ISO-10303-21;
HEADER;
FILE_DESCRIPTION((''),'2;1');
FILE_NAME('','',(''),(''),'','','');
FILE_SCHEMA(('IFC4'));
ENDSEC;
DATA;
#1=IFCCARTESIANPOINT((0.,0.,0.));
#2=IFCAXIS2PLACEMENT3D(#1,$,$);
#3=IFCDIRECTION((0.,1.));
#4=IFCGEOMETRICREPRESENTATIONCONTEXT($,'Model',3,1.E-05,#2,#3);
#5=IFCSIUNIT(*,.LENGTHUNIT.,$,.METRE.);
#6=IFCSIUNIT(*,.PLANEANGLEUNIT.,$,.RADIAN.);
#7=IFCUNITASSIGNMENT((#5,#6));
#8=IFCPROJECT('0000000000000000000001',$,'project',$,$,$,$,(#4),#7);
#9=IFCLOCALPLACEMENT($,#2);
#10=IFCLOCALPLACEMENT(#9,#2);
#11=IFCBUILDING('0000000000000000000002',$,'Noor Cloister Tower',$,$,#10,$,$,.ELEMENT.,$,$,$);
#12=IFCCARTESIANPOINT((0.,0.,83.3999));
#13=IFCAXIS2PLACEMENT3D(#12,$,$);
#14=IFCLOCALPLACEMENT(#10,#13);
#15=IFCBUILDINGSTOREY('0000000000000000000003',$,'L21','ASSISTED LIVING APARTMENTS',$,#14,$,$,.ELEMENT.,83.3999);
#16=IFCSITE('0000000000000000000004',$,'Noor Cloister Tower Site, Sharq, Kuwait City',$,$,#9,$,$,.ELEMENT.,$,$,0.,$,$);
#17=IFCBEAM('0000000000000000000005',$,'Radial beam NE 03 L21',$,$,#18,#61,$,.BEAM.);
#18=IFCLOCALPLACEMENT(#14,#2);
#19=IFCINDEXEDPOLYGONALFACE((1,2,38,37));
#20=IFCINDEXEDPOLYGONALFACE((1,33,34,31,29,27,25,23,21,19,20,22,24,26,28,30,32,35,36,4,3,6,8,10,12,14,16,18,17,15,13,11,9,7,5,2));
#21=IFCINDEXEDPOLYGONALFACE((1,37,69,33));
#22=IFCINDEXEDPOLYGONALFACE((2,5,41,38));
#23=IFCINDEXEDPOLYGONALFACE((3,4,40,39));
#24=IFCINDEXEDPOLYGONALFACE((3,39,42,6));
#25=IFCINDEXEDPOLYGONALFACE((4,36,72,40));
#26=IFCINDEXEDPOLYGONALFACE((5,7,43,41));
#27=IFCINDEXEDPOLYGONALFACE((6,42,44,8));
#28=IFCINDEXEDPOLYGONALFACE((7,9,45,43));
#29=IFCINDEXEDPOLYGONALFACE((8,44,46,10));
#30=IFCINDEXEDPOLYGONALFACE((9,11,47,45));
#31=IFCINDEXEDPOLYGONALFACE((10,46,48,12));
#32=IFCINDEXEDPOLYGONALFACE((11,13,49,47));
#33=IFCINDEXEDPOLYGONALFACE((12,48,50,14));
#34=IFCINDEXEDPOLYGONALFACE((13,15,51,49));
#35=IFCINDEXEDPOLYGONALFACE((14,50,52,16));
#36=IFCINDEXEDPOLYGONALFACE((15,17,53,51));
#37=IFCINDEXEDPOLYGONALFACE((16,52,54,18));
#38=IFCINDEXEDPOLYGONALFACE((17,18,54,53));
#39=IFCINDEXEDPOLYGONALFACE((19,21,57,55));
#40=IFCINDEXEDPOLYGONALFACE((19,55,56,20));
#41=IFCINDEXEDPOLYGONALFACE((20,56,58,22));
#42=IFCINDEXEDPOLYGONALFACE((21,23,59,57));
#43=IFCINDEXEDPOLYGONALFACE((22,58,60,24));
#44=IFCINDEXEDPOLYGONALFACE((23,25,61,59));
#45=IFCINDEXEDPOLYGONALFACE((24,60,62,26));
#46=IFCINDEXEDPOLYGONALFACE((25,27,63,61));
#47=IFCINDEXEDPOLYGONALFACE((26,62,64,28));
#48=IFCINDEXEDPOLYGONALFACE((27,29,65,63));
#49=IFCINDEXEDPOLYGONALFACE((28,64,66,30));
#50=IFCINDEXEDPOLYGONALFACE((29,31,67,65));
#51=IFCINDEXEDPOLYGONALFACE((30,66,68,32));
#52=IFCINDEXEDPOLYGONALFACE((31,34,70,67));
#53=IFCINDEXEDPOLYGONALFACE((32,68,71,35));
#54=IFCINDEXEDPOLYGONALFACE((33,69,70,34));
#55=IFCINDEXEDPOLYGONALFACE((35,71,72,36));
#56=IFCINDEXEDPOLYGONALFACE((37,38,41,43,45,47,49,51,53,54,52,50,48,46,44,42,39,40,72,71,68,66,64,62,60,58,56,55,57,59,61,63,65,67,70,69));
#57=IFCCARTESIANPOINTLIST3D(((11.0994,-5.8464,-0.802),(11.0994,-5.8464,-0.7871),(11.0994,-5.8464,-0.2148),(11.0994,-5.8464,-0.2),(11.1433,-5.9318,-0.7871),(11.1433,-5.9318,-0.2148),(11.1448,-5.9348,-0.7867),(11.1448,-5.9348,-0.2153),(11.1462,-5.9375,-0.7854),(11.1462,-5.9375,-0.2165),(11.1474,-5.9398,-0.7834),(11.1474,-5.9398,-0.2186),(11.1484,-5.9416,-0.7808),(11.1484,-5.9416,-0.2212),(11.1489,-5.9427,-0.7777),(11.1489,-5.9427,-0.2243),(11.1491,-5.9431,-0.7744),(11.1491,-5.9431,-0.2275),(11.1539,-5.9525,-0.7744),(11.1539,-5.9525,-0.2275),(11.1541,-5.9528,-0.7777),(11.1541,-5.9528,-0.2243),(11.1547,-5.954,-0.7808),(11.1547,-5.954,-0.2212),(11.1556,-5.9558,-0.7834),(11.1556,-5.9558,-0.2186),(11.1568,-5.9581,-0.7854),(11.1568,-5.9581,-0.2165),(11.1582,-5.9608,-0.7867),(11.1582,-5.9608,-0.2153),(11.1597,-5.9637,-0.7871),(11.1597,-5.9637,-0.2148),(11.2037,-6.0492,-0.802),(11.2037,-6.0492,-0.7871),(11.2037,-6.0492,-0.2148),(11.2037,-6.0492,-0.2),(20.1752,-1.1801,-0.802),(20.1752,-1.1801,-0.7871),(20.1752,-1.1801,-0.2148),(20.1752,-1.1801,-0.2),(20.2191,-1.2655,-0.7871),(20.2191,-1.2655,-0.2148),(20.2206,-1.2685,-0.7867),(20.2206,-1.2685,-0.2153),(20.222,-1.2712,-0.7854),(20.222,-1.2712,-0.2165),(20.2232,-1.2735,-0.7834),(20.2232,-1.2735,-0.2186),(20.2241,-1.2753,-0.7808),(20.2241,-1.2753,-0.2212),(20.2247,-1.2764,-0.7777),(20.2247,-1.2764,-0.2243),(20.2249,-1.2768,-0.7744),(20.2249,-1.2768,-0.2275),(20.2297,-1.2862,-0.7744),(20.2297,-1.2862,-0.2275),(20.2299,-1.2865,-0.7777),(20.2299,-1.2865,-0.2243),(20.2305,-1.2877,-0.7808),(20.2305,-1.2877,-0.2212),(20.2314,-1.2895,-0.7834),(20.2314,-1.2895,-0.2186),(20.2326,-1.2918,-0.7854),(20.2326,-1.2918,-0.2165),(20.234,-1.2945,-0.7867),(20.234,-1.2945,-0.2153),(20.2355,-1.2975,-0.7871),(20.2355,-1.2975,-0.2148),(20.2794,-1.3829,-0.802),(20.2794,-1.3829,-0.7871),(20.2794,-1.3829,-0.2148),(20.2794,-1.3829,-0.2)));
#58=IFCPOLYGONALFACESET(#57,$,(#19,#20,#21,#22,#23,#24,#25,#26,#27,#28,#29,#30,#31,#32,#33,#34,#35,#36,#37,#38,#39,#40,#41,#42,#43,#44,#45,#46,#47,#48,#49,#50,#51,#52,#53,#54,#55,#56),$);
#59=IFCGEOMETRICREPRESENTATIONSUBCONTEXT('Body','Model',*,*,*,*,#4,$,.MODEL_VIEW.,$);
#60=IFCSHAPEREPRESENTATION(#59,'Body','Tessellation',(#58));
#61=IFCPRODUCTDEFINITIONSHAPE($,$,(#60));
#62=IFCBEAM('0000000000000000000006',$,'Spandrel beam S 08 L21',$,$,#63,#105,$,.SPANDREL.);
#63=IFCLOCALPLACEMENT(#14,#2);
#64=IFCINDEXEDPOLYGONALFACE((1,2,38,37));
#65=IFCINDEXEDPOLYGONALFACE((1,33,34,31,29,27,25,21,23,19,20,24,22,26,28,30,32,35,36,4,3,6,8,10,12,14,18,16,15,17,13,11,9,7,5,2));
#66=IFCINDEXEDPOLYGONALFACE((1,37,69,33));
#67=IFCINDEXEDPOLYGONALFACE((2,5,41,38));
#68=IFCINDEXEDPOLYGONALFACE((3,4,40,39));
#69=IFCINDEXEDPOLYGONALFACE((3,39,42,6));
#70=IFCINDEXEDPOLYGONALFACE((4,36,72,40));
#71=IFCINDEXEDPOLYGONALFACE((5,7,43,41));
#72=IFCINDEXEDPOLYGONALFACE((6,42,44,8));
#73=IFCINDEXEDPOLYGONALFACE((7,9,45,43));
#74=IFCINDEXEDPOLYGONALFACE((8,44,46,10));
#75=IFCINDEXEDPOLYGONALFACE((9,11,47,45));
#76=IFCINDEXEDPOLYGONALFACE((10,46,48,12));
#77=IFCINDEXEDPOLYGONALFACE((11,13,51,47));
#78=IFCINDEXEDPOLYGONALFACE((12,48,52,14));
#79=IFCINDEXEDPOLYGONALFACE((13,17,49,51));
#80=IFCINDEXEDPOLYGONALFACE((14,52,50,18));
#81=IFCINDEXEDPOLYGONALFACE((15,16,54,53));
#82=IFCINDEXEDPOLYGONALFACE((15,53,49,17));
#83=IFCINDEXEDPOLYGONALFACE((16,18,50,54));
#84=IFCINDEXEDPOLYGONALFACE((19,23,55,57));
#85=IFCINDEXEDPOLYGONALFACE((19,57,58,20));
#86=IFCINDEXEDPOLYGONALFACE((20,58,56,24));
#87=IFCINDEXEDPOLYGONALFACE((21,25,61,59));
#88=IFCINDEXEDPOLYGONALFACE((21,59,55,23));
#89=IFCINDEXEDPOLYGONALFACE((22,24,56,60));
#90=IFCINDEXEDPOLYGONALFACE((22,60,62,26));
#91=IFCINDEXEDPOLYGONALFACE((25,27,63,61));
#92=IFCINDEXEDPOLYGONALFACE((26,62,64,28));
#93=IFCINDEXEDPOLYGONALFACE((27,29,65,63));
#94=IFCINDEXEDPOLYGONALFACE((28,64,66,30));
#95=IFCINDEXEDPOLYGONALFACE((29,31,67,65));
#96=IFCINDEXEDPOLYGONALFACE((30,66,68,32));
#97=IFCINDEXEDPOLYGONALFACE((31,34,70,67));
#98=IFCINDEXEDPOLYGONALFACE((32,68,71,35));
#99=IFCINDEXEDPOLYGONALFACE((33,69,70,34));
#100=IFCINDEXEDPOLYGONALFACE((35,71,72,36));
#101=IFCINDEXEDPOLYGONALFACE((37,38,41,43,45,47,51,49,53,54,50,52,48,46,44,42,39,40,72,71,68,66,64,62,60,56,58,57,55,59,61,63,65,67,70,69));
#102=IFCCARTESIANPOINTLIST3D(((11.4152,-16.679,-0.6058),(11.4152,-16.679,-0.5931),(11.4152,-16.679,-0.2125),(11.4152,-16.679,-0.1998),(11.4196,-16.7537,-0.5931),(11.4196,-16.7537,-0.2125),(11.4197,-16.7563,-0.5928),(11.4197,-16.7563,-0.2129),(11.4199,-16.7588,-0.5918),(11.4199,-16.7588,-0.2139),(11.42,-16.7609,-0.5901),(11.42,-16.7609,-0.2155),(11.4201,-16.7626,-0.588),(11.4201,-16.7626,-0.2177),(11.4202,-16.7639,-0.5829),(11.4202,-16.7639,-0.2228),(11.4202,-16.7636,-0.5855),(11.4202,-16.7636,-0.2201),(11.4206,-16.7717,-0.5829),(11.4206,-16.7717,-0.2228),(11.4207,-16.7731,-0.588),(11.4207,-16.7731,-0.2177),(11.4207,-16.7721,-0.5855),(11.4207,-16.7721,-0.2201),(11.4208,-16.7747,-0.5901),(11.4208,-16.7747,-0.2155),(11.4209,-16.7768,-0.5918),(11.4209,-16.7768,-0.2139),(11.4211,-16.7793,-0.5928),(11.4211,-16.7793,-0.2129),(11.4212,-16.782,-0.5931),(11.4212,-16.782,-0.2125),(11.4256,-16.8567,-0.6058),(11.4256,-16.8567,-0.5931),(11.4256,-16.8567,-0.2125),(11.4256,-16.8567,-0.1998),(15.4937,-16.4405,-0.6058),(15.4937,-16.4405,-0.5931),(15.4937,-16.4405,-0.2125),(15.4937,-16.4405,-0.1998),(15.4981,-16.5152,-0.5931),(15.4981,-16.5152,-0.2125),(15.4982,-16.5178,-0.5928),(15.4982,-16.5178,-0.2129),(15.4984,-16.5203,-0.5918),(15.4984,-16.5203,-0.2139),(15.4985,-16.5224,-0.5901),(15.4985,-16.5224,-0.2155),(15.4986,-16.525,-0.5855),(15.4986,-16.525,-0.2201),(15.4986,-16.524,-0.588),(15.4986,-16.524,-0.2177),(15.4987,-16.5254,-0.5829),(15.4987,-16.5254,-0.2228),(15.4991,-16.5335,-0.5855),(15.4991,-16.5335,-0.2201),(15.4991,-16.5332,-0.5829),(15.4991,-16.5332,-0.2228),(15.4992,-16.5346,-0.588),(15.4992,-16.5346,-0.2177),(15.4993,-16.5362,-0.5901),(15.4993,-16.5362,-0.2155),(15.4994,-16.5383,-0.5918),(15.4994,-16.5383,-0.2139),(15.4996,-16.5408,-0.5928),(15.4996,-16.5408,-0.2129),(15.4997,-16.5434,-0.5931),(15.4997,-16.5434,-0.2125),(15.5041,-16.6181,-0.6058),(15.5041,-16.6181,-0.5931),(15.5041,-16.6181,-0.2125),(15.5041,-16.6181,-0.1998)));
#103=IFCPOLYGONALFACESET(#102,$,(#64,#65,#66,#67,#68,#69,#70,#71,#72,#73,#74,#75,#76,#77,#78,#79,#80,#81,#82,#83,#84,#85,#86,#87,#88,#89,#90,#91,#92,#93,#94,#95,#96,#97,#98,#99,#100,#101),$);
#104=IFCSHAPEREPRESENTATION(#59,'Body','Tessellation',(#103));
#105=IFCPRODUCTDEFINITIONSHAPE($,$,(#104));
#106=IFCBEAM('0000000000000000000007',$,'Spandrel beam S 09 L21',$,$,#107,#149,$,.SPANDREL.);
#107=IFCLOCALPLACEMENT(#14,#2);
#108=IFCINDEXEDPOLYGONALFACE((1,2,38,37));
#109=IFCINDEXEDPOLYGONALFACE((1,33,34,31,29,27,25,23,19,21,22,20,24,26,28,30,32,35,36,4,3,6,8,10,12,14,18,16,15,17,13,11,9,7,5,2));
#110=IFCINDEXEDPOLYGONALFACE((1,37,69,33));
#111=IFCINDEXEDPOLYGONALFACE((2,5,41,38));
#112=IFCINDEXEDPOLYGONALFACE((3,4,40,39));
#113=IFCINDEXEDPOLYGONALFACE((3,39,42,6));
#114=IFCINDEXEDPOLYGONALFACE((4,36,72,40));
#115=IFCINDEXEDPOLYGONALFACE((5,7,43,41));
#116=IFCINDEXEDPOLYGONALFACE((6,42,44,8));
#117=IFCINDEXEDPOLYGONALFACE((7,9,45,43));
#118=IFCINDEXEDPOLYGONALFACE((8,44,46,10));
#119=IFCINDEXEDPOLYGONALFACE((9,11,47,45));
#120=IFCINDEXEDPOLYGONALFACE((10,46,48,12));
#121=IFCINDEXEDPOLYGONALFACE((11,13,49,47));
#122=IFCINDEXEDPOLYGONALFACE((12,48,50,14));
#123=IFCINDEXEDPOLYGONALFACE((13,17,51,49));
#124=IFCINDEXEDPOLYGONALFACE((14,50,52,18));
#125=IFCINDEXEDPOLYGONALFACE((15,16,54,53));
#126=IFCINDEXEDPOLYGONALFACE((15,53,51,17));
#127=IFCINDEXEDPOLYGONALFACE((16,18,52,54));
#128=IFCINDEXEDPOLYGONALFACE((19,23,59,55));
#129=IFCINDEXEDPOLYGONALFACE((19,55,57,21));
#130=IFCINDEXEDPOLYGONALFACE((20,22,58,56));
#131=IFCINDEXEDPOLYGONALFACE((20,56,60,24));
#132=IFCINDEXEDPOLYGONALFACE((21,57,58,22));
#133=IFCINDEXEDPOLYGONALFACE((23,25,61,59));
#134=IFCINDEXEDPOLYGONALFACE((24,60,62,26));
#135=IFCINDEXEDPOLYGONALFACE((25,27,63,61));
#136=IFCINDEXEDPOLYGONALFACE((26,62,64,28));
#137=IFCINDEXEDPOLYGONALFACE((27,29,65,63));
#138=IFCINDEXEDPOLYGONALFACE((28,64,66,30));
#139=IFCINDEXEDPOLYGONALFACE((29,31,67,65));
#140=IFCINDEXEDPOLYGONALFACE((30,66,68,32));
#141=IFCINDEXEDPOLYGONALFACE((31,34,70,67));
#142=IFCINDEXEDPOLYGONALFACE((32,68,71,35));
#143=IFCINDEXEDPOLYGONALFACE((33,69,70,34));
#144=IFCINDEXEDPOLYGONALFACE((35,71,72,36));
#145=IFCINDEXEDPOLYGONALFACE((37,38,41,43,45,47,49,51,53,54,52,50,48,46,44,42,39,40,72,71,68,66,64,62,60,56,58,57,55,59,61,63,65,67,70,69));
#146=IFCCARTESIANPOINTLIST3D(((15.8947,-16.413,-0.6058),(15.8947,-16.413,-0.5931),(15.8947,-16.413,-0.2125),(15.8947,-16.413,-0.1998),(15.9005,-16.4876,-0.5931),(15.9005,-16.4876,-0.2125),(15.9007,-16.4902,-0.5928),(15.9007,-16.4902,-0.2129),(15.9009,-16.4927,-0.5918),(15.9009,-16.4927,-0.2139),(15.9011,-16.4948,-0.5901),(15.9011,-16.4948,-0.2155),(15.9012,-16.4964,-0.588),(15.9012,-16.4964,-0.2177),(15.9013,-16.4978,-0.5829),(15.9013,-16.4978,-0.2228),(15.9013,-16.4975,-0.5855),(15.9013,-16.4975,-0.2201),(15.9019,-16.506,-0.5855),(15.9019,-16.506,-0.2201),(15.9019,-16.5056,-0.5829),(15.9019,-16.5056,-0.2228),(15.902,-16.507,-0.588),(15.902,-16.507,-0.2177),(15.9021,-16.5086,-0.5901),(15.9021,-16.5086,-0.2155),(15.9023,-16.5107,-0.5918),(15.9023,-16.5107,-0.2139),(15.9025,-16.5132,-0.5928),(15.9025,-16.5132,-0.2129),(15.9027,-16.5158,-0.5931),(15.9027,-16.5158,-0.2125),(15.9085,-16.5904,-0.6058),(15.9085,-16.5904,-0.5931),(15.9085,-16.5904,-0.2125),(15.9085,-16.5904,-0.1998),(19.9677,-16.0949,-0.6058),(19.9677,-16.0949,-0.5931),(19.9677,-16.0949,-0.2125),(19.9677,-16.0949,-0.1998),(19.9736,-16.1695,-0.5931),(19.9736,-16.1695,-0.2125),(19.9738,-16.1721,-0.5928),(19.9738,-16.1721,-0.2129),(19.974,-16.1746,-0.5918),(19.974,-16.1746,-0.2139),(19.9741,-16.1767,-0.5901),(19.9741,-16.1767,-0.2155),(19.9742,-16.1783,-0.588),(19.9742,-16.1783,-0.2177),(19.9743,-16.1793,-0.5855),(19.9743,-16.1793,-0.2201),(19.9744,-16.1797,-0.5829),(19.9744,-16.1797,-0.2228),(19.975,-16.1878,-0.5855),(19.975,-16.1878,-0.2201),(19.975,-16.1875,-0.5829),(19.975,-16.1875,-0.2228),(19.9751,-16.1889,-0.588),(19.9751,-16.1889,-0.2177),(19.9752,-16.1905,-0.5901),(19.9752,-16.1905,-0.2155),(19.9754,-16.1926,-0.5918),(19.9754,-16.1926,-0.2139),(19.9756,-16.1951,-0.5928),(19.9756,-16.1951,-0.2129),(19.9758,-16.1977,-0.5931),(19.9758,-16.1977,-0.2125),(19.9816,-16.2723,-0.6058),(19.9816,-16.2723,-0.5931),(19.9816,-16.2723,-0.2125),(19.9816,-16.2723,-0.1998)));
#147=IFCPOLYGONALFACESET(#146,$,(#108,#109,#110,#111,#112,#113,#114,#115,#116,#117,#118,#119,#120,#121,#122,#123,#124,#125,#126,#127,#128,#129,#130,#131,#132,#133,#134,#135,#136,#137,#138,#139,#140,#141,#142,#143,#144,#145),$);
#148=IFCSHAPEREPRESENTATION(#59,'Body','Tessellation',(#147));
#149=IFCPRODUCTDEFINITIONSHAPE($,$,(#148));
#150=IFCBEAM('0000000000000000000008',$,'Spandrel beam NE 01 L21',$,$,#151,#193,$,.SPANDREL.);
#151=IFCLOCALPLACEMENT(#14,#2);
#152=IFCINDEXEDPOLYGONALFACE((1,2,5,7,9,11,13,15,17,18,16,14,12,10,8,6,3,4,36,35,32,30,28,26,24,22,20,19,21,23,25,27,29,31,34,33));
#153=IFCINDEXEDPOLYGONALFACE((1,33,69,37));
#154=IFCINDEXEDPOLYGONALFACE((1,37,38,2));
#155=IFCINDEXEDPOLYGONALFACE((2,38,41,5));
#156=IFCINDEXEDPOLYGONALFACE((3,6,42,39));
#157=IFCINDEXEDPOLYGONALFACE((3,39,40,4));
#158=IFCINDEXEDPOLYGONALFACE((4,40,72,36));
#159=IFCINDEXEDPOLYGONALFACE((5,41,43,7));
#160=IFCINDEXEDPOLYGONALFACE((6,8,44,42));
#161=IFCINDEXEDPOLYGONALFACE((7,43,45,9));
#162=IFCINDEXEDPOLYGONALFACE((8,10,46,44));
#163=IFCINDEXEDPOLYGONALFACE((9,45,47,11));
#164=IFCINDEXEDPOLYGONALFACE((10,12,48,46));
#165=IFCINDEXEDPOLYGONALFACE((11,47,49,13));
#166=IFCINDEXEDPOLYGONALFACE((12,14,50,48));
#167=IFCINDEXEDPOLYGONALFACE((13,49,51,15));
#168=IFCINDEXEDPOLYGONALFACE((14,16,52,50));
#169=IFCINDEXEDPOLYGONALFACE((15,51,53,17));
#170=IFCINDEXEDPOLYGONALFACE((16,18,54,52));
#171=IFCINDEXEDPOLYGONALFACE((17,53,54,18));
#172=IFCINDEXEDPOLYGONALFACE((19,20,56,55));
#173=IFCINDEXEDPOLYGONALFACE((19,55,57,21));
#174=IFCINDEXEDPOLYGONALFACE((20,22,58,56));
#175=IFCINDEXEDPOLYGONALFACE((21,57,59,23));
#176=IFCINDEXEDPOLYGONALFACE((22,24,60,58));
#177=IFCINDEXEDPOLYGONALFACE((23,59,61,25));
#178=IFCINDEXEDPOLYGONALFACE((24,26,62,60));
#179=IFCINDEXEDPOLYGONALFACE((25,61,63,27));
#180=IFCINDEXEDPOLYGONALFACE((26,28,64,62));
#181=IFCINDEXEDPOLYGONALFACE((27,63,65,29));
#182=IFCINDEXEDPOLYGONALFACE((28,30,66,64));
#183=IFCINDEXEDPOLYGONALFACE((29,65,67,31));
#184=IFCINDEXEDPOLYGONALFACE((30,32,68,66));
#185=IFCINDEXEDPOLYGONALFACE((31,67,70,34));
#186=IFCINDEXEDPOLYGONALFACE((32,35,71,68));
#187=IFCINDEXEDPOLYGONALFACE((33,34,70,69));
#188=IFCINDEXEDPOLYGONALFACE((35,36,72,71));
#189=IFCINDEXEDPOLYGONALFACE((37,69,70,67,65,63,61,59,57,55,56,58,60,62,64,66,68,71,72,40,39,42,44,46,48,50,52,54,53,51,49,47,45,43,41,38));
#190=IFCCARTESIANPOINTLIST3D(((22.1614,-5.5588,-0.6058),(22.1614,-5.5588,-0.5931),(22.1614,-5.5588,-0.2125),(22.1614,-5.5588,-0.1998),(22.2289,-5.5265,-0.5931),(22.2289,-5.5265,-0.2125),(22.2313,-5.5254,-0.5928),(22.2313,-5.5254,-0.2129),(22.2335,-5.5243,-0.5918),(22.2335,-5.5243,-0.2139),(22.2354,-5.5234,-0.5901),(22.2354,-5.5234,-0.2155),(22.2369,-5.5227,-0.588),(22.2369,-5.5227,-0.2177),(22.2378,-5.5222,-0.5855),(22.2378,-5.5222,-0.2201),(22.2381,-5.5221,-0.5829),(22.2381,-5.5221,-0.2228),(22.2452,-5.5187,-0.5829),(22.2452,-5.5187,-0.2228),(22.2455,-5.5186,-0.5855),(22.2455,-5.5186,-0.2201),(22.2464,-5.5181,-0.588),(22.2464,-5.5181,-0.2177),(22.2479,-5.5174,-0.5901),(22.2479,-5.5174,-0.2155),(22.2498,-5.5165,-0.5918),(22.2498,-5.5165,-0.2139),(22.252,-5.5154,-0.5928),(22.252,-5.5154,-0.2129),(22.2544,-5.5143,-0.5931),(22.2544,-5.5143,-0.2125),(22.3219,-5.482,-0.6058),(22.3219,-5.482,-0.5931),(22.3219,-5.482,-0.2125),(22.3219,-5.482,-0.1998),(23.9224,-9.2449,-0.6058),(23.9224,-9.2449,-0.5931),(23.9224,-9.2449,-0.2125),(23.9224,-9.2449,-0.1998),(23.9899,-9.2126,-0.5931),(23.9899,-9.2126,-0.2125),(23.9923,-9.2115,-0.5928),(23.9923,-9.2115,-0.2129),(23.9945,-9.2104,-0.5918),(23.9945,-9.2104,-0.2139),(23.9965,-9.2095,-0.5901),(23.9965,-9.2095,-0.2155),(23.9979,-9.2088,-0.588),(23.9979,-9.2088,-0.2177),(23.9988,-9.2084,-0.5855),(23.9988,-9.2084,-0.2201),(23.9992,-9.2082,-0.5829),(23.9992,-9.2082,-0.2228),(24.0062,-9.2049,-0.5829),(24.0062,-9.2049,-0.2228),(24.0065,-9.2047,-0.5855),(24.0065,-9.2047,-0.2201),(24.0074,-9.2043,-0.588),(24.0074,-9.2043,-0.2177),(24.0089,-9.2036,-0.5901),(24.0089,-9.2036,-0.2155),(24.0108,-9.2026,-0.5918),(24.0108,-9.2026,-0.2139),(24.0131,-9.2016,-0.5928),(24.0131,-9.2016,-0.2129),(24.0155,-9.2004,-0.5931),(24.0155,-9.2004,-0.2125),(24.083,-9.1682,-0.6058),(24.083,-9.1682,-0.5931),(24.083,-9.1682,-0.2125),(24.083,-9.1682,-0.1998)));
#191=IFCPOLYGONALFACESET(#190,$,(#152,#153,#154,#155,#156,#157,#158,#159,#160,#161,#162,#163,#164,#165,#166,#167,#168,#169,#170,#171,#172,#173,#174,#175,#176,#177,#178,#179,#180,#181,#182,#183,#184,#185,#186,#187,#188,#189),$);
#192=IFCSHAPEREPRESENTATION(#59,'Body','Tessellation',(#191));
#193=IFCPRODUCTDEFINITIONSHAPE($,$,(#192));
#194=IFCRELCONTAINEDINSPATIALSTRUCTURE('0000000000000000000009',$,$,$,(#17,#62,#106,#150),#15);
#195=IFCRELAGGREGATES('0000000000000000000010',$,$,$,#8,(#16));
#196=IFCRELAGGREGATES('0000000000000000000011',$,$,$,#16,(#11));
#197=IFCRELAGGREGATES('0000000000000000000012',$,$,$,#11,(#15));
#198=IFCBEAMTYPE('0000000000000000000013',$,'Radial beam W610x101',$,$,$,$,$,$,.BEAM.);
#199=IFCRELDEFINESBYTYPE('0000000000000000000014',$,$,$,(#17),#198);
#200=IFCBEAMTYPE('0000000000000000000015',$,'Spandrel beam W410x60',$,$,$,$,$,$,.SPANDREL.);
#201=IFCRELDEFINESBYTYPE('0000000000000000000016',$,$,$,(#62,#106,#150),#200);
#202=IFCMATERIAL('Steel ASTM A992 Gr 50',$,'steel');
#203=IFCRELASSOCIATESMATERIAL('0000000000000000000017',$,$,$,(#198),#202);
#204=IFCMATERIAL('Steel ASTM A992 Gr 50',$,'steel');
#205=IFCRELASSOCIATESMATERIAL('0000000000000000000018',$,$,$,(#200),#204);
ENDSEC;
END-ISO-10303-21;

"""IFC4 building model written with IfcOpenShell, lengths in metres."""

from ifc_helpers import new_model, si_unit, direction, frame, origin, origin_2d, place, context, subcontext, project, spatial, i_section, extrude, material, material_profile, profile_set, type_object, element, save


model = new_model("IFC4")

# Units and contexts
model_context = context("Model", 3, precision=1e-05, world=origin(), true_north=direction((0.0, 1.0)))
body_context = subcontext(model_context, "Body", "Model", "MODEL_VIEW")
ifc_project = project(units=[si_unit("LENGTHUNIT", "METRE"), si_unit("PLANEANGLEUNIT", "RADIAN")], contexts=[model_context])

# Site, building, storey
site_placement = place(None, origin())
site = spatial("IfcSite", under=ifc_project, at=site_placement, Name="Noor Cloister Tower Site, Sharq, Kuwait City", CompositionType="ELEMENT", RefElevation=0.0)
building_placement = place(site_placement, origin())
building = spatial("IfcBuilding", under=site, at=building_placement, Name="Noor Cloister Tower", CompositionType="ELEMENT")
storey_placement = place(building_placement, frame((0.0, 0.0, 83.3999)))
storey = spatial("IfcBuildingStorey", under=building, at=storey_placement, Name="L21", Description="ASSISTED LIVING APARTMENTS", CompositionType="ELEMENT", Elevation=83.3999)

# Beams
ifc_material_1 = material(Name="Steel ASTM A992 Gr 50", Category="steel")
ifc_material_profile_1 = material_profile(ifc_material_1, i_section(OverallWidth=0.228, OverallDepth=0.6021, WebThickness=0.0105, FlangeThickness=0.0149, FilletRadius=0.0127, at=origin_2d()), Name="W610x101")
ifc_profile_set_1 = profile_set([ifc_material_profile_1], Name="Steel ASTM A992 Gr 50")
beam_type_1 = type_object("IfcBeamType", Name="Radial beam W610x101", PredefinedType="BEAM", material=ifc_profile_set_1)
beam_1_placement = place(storey_placement, frame((20.2273, -1.2815, -0.501), z_axis=(-0.889337, -0.457252, 0.0), x_axis=(0.457252, -0.889337, 0.0)))
element("IfcBeam", 1, at=beam_1_placement, inside=storey, type_object=beam_type_1, Name="Radial beam NE 03 L21", PredefinedType="BEAM", context=body_context, shape_type="SweptSolid", body=[
    extrude(i_section(OverallWidth=0.228, OverallDepth=0.6021, WebThickness=0.0105, FlangeThickness=0.0149, FilletRadius=0.0127, at=origin_2d()), origin(), (0.0, 0.0, 1.0), 10.2051),
])
ifc_material_2 = material(Name="Steel ASTM A992 Gr 50", Category="steel")
ifc_material_profile_2 = material_profile(ifc_material_2, i_section(OverallWidth=0.178, OverallDepth=0.406, WebThickness=0.0078, FlangeThickness=0.0127, FilletRadius=0.0103, at=origin_2d()), Name="W410x60")
ifc_profile_set_2 = profile_set([ifc_material_profile_2], Name="Steel ASTM A992 Gr 50")
beam_type_2 = type_object("IfcBeamType", Name="Spandrel beam W410x60", PredefinedType="SPANDREL", material=ifc_profile_set_2)
for number, where, z_axis, x_axis, name in (
    (2, (11.4204, -16.7678, -0.4028), (0.998294, 0.058386, 0.0), (-0.058386, 0.998294, 0.0), "Spandrel beam S 08 L21"),
    (3, (15.9016, -16.5017, -0.4028), (0.996964, 0.077866, 0.0), (-0.077866, 0.996964, 0.0), "Spandrel beam S 09 L21"),
):
    element("IfcBeam", number, at=place(storey_placement, frame(where, z_axis=z_axis, x_axis=x_axis)), inside=storey, type_object=beam_type_2, Name=name, PredefinedType="SPANDREL", context=body_context, shape_type="SweptSolid", body=[
        extrude(i_section(OverallWidth=0.178, OverallDepth=0.406, WebThickness=0.0078, FlangeThickness=0.0127, FilletRadius=0.0103, at=origin_2d()), origin(), (0.0, 0.0, 1.0), 4.0854),
    ])
for number, where, z_axis, x_axis, name in (
    (4, (24.0027, -9.2065, -0.4028), (-0.431077, 0.902315, 0.0), (-0.902315, -0.431077, 0.0), "Spandrel beam NE 01 L21"),
):
    element("IfcBeam", number, at=place(storey_placement, frame(where, z_axis=z_axis, x_axis=x_axis)), inside=storey, type_object=beam_type_2, Name=name, PredefinedType="SPANDREL", context=body_context, shape_type="SweptSolid", body=[
        extrude(i_section(OverallWidth=0.178, OverallDepth=0.406, WebThickness=0.0078, FlangeThickness=0.0127, FilletRadius=0.0103, at=origin_2d()), origin(), (0.0, 0.0, 1.0), 4.0852),
    ])

save(model, "model.ifc")
